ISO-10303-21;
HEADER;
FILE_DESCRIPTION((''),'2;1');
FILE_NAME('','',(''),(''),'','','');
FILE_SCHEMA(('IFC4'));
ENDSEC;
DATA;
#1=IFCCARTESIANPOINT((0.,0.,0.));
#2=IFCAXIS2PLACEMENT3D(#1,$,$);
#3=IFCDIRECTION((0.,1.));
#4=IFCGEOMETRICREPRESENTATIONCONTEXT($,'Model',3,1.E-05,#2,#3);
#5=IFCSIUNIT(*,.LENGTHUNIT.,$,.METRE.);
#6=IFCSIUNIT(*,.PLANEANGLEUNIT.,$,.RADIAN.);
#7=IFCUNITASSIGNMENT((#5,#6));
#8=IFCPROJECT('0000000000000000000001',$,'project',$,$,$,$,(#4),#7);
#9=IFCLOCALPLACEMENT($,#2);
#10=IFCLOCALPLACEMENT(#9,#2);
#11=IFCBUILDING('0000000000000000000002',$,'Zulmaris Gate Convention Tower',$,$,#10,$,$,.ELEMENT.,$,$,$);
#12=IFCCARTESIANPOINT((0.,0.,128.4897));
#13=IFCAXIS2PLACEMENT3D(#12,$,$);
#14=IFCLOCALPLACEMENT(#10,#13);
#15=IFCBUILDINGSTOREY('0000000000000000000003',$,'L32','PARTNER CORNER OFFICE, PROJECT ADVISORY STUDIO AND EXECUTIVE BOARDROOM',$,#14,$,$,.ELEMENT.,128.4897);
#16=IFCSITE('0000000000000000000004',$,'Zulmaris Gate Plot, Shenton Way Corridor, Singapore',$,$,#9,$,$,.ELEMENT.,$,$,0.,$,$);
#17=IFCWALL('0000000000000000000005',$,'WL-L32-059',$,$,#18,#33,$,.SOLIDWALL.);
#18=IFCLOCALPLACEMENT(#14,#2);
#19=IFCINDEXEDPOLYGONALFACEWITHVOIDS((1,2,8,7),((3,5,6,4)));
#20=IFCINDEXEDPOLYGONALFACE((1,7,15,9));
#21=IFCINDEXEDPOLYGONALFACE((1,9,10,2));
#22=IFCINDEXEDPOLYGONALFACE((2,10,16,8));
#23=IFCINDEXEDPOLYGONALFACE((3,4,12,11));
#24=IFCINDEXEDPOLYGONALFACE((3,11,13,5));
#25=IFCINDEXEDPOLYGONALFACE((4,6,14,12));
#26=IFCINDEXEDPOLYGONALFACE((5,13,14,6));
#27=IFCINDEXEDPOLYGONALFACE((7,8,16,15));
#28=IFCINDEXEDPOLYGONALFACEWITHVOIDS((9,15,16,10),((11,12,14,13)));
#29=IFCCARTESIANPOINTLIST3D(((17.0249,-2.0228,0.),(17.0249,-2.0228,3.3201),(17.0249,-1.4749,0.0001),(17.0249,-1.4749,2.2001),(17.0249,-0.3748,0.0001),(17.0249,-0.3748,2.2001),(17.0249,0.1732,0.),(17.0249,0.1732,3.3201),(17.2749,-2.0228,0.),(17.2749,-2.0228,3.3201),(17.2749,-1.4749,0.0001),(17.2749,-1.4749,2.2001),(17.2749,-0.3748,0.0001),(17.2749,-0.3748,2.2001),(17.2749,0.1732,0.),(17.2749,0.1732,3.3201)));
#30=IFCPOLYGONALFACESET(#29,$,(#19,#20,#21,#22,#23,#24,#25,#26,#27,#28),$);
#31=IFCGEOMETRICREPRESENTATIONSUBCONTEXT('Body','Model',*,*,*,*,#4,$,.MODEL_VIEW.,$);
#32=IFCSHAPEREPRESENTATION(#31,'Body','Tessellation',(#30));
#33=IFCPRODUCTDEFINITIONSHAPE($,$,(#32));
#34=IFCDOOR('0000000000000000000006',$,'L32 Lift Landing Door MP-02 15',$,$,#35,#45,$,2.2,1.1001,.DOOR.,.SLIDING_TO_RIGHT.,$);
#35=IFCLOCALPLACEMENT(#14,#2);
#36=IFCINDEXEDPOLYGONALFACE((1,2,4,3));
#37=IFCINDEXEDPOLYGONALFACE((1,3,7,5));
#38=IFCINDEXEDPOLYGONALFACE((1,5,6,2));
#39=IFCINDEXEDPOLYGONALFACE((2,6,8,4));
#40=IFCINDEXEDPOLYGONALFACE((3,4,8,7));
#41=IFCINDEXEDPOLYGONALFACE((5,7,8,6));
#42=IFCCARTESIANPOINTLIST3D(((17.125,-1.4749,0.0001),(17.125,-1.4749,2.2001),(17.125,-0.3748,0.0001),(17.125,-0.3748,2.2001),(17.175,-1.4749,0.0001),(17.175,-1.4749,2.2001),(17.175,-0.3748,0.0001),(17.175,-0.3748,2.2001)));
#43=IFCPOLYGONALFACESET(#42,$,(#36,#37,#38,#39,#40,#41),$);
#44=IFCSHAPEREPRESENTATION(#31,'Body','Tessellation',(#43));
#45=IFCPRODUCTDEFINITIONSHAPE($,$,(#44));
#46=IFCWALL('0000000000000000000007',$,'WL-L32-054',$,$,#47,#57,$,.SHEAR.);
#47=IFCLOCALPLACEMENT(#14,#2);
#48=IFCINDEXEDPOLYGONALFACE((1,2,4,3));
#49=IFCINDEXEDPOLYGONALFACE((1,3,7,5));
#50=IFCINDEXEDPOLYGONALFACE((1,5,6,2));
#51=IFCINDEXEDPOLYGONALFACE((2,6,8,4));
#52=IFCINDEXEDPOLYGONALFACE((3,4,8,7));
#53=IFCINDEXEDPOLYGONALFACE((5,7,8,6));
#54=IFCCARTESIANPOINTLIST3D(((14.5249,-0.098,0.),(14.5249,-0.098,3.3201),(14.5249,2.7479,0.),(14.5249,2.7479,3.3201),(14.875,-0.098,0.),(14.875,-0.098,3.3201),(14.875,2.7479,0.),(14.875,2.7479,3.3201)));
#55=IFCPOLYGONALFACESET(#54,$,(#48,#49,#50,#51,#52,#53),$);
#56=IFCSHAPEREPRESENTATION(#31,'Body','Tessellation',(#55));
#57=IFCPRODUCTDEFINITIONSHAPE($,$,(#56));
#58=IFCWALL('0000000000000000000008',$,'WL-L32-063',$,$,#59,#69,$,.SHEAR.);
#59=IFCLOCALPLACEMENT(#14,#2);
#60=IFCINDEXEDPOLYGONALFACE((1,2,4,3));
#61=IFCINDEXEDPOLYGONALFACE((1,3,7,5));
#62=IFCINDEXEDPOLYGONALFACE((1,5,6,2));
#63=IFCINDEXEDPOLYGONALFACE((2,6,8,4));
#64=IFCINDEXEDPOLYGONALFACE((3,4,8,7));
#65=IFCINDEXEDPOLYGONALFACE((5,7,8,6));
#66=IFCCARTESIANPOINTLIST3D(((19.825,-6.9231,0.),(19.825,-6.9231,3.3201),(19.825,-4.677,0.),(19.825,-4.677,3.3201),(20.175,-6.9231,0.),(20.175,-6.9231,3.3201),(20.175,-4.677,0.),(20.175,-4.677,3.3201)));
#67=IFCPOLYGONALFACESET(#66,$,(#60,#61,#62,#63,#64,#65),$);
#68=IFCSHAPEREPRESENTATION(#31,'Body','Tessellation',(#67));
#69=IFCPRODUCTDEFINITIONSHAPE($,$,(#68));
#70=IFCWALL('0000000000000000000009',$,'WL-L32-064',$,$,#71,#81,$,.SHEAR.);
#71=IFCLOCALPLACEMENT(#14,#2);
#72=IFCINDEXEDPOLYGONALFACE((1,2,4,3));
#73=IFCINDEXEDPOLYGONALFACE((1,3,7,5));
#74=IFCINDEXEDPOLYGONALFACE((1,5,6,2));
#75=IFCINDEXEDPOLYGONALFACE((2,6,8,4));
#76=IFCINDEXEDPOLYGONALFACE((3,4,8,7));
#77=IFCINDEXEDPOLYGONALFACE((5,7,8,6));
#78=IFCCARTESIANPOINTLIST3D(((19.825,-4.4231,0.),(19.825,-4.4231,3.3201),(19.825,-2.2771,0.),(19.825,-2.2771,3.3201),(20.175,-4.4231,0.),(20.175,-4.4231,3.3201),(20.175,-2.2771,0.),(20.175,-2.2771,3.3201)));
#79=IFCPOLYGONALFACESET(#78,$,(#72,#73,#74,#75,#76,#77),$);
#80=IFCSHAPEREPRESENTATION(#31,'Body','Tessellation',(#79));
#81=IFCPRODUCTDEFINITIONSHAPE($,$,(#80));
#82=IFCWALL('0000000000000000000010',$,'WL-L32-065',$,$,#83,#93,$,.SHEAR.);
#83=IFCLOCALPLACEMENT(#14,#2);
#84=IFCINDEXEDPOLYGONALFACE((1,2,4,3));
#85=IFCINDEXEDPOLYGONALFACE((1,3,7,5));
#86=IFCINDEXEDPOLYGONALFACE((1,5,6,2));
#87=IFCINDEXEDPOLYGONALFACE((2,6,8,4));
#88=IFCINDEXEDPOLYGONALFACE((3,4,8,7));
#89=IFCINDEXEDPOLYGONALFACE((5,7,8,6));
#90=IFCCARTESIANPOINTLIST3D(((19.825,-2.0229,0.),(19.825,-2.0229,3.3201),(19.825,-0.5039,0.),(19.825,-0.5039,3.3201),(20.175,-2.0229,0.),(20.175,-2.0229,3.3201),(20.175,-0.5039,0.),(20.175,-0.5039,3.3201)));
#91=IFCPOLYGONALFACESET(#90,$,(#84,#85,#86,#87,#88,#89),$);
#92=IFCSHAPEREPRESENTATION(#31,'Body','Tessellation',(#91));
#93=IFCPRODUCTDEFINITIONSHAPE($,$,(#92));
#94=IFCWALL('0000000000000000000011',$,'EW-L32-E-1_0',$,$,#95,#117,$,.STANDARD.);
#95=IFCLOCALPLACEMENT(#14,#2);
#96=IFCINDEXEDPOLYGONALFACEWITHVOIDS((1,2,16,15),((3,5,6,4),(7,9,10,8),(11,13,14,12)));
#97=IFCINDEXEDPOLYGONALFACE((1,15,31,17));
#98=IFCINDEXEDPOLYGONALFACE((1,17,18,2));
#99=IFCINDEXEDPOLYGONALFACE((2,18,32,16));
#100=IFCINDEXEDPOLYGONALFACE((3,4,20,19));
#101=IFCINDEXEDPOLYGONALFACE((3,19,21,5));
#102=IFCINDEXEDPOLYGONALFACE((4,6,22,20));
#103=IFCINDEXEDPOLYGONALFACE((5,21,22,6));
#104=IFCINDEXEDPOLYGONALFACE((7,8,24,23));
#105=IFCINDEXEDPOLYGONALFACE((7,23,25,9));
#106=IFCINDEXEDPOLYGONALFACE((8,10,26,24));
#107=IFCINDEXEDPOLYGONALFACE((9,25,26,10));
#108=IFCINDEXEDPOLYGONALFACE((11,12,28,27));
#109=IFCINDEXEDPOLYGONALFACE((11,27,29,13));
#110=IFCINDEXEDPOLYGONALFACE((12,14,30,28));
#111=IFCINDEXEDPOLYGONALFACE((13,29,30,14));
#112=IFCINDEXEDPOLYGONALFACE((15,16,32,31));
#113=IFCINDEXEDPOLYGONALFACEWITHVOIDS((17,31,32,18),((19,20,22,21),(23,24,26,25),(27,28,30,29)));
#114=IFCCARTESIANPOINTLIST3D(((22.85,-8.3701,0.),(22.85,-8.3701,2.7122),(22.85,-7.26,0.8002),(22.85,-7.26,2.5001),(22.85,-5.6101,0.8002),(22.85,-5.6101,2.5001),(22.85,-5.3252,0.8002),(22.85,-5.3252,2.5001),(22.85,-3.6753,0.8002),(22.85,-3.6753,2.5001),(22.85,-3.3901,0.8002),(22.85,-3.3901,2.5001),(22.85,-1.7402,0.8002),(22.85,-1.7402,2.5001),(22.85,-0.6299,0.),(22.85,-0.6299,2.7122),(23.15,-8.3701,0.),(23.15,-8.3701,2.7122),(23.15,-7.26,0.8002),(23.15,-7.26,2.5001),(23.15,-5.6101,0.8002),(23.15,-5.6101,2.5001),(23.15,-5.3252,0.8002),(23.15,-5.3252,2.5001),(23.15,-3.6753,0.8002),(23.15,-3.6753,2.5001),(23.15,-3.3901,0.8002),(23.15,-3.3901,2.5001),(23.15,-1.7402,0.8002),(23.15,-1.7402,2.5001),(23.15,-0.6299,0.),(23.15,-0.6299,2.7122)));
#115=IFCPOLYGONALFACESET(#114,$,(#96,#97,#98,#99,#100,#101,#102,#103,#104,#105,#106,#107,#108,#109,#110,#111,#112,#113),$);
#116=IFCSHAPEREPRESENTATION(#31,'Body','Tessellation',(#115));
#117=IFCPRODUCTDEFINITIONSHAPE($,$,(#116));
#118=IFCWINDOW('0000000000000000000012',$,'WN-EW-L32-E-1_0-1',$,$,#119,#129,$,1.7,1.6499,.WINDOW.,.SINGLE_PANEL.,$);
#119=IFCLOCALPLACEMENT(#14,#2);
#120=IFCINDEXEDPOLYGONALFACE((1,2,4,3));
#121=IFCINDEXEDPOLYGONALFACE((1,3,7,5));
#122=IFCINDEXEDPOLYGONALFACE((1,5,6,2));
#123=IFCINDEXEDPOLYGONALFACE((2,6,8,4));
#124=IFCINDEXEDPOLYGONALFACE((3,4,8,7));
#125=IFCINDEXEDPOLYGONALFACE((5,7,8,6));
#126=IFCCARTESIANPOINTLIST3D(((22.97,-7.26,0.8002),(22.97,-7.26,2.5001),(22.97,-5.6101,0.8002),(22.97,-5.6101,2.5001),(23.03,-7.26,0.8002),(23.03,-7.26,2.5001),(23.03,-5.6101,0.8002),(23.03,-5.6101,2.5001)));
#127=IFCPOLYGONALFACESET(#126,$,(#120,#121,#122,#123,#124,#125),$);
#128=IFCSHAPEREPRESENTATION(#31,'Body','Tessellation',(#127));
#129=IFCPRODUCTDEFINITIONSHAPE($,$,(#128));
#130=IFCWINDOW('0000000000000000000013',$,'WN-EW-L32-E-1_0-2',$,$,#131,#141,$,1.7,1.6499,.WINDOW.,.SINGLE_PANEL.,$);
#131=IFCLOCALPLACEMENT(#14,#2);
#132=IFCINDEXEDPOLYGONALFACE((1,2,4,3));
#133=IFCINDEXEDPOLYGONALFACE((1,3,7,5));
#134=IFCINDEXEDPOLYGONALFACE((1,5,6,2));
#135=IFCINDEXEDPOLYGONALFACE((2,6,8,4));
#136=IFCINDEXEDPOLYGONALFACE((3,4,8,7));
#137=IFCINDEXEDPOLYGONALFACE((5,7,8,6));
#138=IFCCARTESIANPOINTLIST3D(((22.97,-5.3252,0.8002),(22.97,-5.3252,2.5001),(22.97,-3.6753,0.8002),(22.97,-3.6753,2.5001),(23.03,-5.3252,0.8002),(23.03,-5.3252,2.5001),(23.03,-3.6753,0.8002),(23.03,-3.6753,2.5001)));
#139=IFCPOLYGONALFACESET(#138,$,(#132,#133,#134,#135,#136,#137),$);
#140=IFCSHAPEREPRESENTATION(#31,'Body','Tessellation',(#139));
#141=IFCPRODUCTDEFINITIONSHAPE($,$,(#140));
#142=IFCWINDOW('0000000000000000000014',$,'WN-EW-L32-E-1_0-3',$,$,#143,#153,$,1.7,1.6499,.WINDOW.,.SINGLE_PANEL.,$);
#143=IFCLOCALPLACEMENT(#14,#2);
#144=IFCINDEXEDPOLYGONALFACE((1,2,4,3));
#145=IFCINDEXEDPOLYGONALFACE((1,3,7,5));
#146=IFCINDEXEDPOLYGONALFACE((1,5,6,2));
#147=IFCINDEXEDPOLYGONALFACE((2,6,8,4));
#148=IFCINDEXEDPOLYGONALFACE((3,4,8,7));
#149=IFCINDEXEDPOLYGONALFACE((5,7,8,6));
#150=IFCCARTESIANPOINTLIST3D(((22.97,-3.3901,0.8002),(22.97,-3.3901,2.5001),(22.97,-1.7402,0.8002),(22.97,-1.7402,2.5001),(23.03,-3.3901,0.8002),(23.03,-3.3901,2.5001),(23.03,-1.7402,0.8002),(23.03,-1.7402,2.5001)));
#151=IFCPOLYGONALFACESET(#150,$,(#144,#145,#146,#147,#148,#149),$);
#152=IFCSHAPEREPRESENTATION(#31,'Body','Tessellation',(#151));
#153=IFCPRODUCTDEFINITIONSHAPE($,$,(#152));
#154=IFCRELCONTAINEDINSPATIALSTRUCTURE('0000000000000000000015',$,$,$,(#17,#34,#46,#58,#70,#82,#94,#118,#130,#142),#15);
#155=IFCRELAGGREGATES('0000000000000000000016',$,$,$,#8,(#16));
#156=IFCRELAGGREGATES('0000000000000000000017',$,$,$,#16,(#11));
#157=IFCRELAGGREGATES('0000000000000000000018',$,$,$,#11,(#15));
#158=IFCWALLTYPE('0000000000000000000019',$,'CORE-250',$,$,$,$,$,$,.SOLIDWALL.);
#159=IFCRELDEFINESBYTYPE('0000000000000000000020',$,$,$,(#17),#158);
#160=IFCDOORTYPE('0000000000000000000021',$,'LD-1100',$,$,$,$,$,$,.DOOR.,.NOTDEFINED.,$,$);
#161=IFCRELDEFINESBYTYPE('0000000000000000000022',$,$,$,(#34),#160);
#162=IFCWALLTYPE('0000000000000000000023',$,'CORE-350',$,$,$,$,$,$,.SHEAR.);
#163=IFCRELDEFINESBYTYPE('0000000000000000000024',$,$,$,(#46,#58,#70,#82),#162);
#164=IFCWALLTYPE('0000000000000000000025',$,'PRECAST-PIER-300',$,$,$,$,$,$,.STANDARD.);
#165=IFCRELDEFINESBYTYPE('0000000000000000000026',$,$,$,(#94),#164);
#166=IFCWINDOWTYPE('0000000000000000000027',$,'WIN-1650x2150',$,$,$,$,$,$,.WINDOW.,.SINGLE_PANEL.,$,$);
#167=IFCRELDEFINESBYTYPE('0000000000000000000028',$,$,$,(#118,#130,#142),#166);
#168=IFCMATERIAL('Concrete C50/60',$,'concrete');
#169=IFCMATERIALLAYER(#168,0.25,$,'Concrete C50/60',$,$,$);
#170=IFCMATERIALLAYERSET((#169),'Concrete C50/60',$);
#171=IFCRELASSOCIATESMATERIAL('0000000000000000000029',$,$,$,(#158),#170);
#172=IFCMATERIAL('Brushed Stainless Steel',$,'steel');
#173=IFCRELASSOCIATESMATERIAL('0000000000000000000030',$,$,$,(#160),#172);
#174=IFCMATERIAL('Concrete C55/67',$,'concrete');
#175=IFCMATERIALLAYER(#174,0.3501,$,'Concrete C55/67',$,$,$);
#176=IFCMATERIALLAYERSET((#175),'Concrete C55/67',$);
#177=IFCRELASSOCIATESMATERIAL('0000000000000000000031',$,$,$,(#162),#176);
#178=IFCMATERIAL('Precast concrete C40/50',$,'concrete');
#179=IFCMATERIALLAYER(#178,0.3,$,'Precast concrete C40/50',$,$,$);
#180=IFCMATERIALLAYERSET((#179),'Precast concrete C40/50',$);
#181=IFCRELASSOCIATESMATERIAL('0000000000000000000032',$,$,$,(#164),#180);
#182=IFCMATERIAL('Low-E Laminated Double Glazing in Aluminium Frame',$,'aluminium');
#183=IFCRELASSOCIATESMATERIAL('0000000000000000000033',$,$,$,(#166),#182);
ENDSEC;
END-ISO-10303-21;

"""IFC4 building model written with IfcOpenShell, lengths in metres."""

from ifc_helpers import new_model, si_unit, direction, frame, frame_2d, origin, place, context, subcontext, project, spatial, rectangle, extrude, material, layer, layer_set, type_object, element, fill, save


model = new_model("IFC4")

# Units and contexts
model_context = context("Model", 3, precision=1e-05, world=origin(), true_north=direction((0.0, 1.0)))
body_context = subcontext(model_context, "Body", "Model", "MODEL_VIEW")
ifc_project = project(units=[si_unit("LENGTHUNIT", "METRE"), si_unit("PLANEANGLEUNIT", "RADIAN")], contexts=[model_context])

# Site, building, storey
site_placement = place(None, origin())
site = spatial("IfcSite", under=ifc_project, at=site_placement, Name="Zulmaris Gate Plot, Shenton Way Corridor, Singapore", CompositionType="ELEMENT", RefElevation=0.0)
building_placement = place(site_placement, origin())
building = spatial("IfcBuilding", under=site, at=building_placement, Name="Zulmaris Gate Convention Tower", CompositionType="ELEMENT")
storey_placement = place(building_placement, frame((0.0, 0.0, 128.4897)))
storey = spatial("IfcBuildingStorey", under=building, at=storey_placement, Name="L32", Description="PARTNER CORNER OFFICE, PROJECT ADVISORY STUDIO AND EXECUTIVE BOARDROOM", CompositionType="ELEMENT", Elevation=128.4897)

# Shared definitions
ifc_material_1 = material(Name="Concrete C50/60", Category="concrete")
ifc_layer_1 = layer(ifc_material_1, 0.25, Name="Concrete C50/60")
ifc_layer_set_1 = layer_set([ifc_layer_1], Name="Concrete C50/60")
wall_type_1 = type_object("IfcWallType", Name="CORE-250", PredefinedType="SOLIDWALL", material=ifc_layer_set_1)

# Wall, opening, door
ifc_material_2 = material(Name="Brushed Stainless Steel", Category="steel")
door_type = type_object("IfcDoorType", Name="LD-1100", OperationType="NOTDEFINED", PredefinedType="DOOR", material=ifc_material_2)
wall_1_placement = place(storey_placement, frame((17.1499, -2.0229, 0.0), z_axis=(0.0, 0.0, 1.0), x_axis=(0.0, 1.0, 0.0)))
wall_1 = element("IfcWall", 1, at=wall_1_placement, inside=storey, type_object=wall_type_1, Name="WL-L32-059", PredefinedType="SOLIDWALL", context=body_context, shape_type="SweptSolid", body=[
    extrude(rectangle(XDim=2.196, YDim=0.25, at=frame_2d((1.0981, 0.0))), origin(), (0.0, 0.0, 1.0), 3.3201),
])
opening_1_placement = place(wall_1_placement, frame((0.5481, 0.0, 0.0)))
opening_1 = element("IfcOpeningElement", 2, at=opening_1_placement, cuts=wall_1, PredefinedType="OPENING", context=body_context, shape_type="SweptSolid", body=[
    extrude(rectangle(XDim=1.1001, YDim=2.2, at=frame_2d((0.55, 1.1001))), frame((0.0, 0.135, 0.0), z_axis=(0.0, -1.0, 0.0), x_axis=(1.0, 0.0, 0.0)), (0.0, 0.0, 1.0), 0.27),
])
door_1_placement = place(opening_1_placement, origin())
door_1 = element("IfcDoor", 3, at=door_1_placement, inside=storey, type_object=door_type, Name="L32 Lift Landing Door MP-02 15", OperationType="SLIDING_TO_RIGHT", OverallHeight=2.2, OverallWidth=1.1001, PredefinedType="DOOR", context=body_context, shape_type="SweptSolid", body=[
    extrude(rectangle(XDim=1.1001, YDim=2.2, at=frame_2d((0.55, 1.1001))), frame((0.0, 0.0249, 0.0), z_axis=(0.0, -1.0, 0.0), x_axis=(1.0, 0.0, 0.0)), (0.0, 0.0, 1.0), 0.05),
])
fill(opening_1, door_1)

# Walls
ifc_material_3 = material(Name="Concrete C55/67", Category="concrete")
ifc_layer_2 = layer(ifc_material_3, 0.3501, Name="Concrete C55/67")
ifc_layer_set_2 = layer_set([ifc_layer_2], Name="Concrete C55/67")
wall_type_2 = type_object("IfcWallType", Name="CORE-350", PredefinedType="SHEAR", material=ifc_layer_set_2)
wall_2_placement = place(storey_placement, frame((14.7, -0.0979, 0.0), z_axis=(0.0, 0.0, 1.0), x_axis=(0.0, 1.0, 0.0)))
element("IfcWall", 4, at=wall_2_placement, inside=storey, type_object=wall_type_2, Name="WL-L32-054", PredefinedType="SHEAR", context=body_context, shape_type="SweptSolid", body=[
    extrude(rectangle(XDim=2.8459, YDim=0.3501, at=frame_2d((1.4229, 0.0))), origin(), (0.0, 0.0, 1.0), 3.3201),
])
wall_3_placement = place(storey_placement, frame((20.0, -6.9231, 0.0), z_axis=(0.0, 0.0, 1.0), x_axis=(0.0, 1.0, 0.0)))
element("IfcWall", 5, at=wall_3_placement, inside=storey, type_object=wall_type_2, Name="WL-L32-063", PredefinedType="SHEAR", context=body_context, shape_type="SweptSolid", body=[
    extrude(rectangle(XDim=2.2461, YDim=0.3501, at=frame_2d((1.123, 0.0))), origin(), (0.0, 0.0, 1.0), 3.3201),
])
wall_4_placement = place(storey_placement, frame((20.0, -4.4231, 0.0), z_axis=(0.0, 0.0, 1.0), x_axis=(0.0, 1.0, 0.0)))
element("IfcWall", 6, at=wall_4_placement, inside=storey, type_object=wall_type_2, Name="WL-L32-064", PredefinedType="SHEAR", context=body_context, shape_type="SweptSolid", body=[
    extrude(rectangle(XDim=2.146, YDim=0.3501, at=frame_2d((1.073, 0.0))), origin(), (0.0, 0.0, 1.0), 3.3201),
])
wall_5_placement = place(storey_placement, frame((20.0, -2.0229, 0.0), z_axis=(0.0, 0.0, 1.0), x_axis=(0.0, 1.0, 0.0)))
element("IfcWall", 7, at=wall_5_placement, inside=storey, type_object=wall_type_2, Name="WL-L32-065", PredefinedType="SHEAR", context=body_context, shape_type="SweptSolid", body=[
    extrude(rectangle(XDim=1.519, YDim=0.3501, at=frame_2d((0.7595, 0.0))), origin(), (0.0, 0.0, 1.0), 3.3201),
])

# Wall, openings, windows
ifc_material_4 = material(Name="Precast concrete C40/50", Category="concrete")
ifc_layer_3 = layer(ifc_material_4, 0.3, Name="Precast concrete C40/50")
ifc_layer_set_3 = layer_set([ifc_layer_3], Name="Precast concrete C40/50")
wall_type_3 = type_object("IfcWallType", Name="PRECAST-PIER-300", PredefinedType="STANDARD", material=ifc_layer_set_3)
wall_6_placement = place(storey_placement, frame((23.0, -8.3701, 0.0), z_axis=(0.0, 0.0, 1.0), x_axis=(0.0, 1.0, 0.0)))
wall_6 = element("IfcWall", 8, at=wall_6_placement, inside=storey, type_object=wall_type_3, Name="EW-L32-E-1_0", PredefinedType="STANDARD", context=body_context, shape_type="SweptSolid", body=[
    extrude(rectangle(XDim=7.7402, YDim=0.3, at=frame_2d((3.8701, 0.0))), origin(), (0.0, 0.0, 1.0), 2.7122),
])
opening_2_placement = place(wall_6_placement, frame((1.1101, 0.0, 0.8)))
opening_2 = element("IfcOpeningElement", 9, at=opening_2_placement, cuts=wall_6, PredefinedType="OPENING", context=body_context, shape_type="SweptSolid", body=[
    extrude(rectangle(XDim=1.6499, YDim=1.7, at=frame_2d((0.825, 0.8501))), frame((0.0, 0.1602, 0.0), z_axis=(0.0, -1.0, 0.0), x_axis=(1.0, 0.0, 0.0)), (0.0, 0.0, 1.0), 0.3201),
])
opening_3_placement = place(wall_6_placement, frame((3.0449, 0.0, 0.8)))
opening_3 = element("IfcOpeningElement", 10, at=opening_3_placement, cuts=wall_6, PredefinedType="OPENING", context=body_context, shape_type="SweptSolid", body=[
    extrude(rectangle(XDim=1.6499, YDim=1.7, at=frame_2d((0.825, 0.8501))), frame((0.0, 0.1602, 0.0), z_axis=(0.0, -1.0, 0.0), x_axis=(1.0, 0.0, 0.0)), (0.0, 0.0, 1.0), 0.3201),
])
opening_4_placement = place(wall_6_placement, frame((4.98, 0.0, 0.8)))
opening_4 = element("IfcOpeningElement", 11, at=opening_4_placement, cuts=wall_6, PredefinedType="OPENING", context=body_context, shape_type="SweptSolid", body=[
    extrude(rectangle(XDim=1.6499, YDim=1.7, at=frame_2d((0.825, 0.8501))), frame((0.0, 0.1602, 0.0), z_axis=(0.0, -1.0, 0.0), x_axis=(1.0, 0.0, 0.0)), (0.0, 0.0, 1.0), 0.3201),
])
ifc_material_5 = material(Name="Low-E Laminated Double Glazing in Aluminium Frame", Category="aluminium")
window_type = type_object("IfcWindowType", Name="WIN-1650x2150", PartitioningType="SINGLE_PANEL", PredefinedType="WINDOW", material=ifc_material_5)
window_1_placement = place(opening_2_placement, origin())
window_1 = element("IfcWindow", 12, at=window_1_placement, inside=storey, type_object=window_type, Name="WN-EW-L32-E-1_0-1", OverallHeight=1.7, OverallWidth=1.6499, PartitioningType="SINGLE_PANEL", PredefinedType="WINDOW", context=body_context, shape_type="SweptSolid", body=[
    extrude(rectangle(XDim=1.6499, YDim=1.7, at=frame_2d((0.825, 0.8501))), frame((0.0, 0.03, 0.0), z_axis=(0.0, -1.0, 0.0), x_axis=(1.0, 0.0, 0.0)), (0.0, 0.0, 1.0), 0.0601),
])
fill(opening_2, window_1)
window_2_placement = place(opening_3_placement, origin())
window_2 = element("IfcWindow", 13, at=window_2_placement, inside=storey, type_object=window_type, Name="WN-EW-L32-E-1_0-2", OverallHeight=1.7, OverallWidth=1.6499, PartitioningType="SINGLE_PANEL", PredefinedType="WINDOW", context=body_context, shape_type="SweptSolid", body=[
    extrude(rectangle(XDim=1.6499, YDim=1.7, at=frame_2d((0.825, 0.8501))), frame((0.0, 0.03, 0.0), z_axis=(0.0, -1.0, 0.0), x_axis=(1.0, 0.0, 0.0)), (0.0, 0.0, 1.0), 0.0601),
])
fill(opening_3, window_2)
window_3_placement = place(opening_4_placement, origin())
window_3 = element("IfcWindow", 14, at=window_3_placement, inside=storey, type_object=window_type, Name="WN-EW-L32-E-1_0-3", OverallHeight=1.7, OverallWidth=1.6499, PartitioningType="SINGLE_PANEL", PredefinedType="WINDOW", context=body_context, shape_type="SweptSolid", body=[
    extrude(rectangle(XDim=1.6499, YDim=1.7, at=frame_2d((0.825, 0.8501))), frame((0.0, 0.03, 0.0), z_axis=(0.0, -1.0, 0.0), x_axis=(1.0, 0.0, 0.0)), (0.0, 0.0, 1.0), 0.0601),
])
fill(opening_4, window_3)

save(model, "model.ifc")
